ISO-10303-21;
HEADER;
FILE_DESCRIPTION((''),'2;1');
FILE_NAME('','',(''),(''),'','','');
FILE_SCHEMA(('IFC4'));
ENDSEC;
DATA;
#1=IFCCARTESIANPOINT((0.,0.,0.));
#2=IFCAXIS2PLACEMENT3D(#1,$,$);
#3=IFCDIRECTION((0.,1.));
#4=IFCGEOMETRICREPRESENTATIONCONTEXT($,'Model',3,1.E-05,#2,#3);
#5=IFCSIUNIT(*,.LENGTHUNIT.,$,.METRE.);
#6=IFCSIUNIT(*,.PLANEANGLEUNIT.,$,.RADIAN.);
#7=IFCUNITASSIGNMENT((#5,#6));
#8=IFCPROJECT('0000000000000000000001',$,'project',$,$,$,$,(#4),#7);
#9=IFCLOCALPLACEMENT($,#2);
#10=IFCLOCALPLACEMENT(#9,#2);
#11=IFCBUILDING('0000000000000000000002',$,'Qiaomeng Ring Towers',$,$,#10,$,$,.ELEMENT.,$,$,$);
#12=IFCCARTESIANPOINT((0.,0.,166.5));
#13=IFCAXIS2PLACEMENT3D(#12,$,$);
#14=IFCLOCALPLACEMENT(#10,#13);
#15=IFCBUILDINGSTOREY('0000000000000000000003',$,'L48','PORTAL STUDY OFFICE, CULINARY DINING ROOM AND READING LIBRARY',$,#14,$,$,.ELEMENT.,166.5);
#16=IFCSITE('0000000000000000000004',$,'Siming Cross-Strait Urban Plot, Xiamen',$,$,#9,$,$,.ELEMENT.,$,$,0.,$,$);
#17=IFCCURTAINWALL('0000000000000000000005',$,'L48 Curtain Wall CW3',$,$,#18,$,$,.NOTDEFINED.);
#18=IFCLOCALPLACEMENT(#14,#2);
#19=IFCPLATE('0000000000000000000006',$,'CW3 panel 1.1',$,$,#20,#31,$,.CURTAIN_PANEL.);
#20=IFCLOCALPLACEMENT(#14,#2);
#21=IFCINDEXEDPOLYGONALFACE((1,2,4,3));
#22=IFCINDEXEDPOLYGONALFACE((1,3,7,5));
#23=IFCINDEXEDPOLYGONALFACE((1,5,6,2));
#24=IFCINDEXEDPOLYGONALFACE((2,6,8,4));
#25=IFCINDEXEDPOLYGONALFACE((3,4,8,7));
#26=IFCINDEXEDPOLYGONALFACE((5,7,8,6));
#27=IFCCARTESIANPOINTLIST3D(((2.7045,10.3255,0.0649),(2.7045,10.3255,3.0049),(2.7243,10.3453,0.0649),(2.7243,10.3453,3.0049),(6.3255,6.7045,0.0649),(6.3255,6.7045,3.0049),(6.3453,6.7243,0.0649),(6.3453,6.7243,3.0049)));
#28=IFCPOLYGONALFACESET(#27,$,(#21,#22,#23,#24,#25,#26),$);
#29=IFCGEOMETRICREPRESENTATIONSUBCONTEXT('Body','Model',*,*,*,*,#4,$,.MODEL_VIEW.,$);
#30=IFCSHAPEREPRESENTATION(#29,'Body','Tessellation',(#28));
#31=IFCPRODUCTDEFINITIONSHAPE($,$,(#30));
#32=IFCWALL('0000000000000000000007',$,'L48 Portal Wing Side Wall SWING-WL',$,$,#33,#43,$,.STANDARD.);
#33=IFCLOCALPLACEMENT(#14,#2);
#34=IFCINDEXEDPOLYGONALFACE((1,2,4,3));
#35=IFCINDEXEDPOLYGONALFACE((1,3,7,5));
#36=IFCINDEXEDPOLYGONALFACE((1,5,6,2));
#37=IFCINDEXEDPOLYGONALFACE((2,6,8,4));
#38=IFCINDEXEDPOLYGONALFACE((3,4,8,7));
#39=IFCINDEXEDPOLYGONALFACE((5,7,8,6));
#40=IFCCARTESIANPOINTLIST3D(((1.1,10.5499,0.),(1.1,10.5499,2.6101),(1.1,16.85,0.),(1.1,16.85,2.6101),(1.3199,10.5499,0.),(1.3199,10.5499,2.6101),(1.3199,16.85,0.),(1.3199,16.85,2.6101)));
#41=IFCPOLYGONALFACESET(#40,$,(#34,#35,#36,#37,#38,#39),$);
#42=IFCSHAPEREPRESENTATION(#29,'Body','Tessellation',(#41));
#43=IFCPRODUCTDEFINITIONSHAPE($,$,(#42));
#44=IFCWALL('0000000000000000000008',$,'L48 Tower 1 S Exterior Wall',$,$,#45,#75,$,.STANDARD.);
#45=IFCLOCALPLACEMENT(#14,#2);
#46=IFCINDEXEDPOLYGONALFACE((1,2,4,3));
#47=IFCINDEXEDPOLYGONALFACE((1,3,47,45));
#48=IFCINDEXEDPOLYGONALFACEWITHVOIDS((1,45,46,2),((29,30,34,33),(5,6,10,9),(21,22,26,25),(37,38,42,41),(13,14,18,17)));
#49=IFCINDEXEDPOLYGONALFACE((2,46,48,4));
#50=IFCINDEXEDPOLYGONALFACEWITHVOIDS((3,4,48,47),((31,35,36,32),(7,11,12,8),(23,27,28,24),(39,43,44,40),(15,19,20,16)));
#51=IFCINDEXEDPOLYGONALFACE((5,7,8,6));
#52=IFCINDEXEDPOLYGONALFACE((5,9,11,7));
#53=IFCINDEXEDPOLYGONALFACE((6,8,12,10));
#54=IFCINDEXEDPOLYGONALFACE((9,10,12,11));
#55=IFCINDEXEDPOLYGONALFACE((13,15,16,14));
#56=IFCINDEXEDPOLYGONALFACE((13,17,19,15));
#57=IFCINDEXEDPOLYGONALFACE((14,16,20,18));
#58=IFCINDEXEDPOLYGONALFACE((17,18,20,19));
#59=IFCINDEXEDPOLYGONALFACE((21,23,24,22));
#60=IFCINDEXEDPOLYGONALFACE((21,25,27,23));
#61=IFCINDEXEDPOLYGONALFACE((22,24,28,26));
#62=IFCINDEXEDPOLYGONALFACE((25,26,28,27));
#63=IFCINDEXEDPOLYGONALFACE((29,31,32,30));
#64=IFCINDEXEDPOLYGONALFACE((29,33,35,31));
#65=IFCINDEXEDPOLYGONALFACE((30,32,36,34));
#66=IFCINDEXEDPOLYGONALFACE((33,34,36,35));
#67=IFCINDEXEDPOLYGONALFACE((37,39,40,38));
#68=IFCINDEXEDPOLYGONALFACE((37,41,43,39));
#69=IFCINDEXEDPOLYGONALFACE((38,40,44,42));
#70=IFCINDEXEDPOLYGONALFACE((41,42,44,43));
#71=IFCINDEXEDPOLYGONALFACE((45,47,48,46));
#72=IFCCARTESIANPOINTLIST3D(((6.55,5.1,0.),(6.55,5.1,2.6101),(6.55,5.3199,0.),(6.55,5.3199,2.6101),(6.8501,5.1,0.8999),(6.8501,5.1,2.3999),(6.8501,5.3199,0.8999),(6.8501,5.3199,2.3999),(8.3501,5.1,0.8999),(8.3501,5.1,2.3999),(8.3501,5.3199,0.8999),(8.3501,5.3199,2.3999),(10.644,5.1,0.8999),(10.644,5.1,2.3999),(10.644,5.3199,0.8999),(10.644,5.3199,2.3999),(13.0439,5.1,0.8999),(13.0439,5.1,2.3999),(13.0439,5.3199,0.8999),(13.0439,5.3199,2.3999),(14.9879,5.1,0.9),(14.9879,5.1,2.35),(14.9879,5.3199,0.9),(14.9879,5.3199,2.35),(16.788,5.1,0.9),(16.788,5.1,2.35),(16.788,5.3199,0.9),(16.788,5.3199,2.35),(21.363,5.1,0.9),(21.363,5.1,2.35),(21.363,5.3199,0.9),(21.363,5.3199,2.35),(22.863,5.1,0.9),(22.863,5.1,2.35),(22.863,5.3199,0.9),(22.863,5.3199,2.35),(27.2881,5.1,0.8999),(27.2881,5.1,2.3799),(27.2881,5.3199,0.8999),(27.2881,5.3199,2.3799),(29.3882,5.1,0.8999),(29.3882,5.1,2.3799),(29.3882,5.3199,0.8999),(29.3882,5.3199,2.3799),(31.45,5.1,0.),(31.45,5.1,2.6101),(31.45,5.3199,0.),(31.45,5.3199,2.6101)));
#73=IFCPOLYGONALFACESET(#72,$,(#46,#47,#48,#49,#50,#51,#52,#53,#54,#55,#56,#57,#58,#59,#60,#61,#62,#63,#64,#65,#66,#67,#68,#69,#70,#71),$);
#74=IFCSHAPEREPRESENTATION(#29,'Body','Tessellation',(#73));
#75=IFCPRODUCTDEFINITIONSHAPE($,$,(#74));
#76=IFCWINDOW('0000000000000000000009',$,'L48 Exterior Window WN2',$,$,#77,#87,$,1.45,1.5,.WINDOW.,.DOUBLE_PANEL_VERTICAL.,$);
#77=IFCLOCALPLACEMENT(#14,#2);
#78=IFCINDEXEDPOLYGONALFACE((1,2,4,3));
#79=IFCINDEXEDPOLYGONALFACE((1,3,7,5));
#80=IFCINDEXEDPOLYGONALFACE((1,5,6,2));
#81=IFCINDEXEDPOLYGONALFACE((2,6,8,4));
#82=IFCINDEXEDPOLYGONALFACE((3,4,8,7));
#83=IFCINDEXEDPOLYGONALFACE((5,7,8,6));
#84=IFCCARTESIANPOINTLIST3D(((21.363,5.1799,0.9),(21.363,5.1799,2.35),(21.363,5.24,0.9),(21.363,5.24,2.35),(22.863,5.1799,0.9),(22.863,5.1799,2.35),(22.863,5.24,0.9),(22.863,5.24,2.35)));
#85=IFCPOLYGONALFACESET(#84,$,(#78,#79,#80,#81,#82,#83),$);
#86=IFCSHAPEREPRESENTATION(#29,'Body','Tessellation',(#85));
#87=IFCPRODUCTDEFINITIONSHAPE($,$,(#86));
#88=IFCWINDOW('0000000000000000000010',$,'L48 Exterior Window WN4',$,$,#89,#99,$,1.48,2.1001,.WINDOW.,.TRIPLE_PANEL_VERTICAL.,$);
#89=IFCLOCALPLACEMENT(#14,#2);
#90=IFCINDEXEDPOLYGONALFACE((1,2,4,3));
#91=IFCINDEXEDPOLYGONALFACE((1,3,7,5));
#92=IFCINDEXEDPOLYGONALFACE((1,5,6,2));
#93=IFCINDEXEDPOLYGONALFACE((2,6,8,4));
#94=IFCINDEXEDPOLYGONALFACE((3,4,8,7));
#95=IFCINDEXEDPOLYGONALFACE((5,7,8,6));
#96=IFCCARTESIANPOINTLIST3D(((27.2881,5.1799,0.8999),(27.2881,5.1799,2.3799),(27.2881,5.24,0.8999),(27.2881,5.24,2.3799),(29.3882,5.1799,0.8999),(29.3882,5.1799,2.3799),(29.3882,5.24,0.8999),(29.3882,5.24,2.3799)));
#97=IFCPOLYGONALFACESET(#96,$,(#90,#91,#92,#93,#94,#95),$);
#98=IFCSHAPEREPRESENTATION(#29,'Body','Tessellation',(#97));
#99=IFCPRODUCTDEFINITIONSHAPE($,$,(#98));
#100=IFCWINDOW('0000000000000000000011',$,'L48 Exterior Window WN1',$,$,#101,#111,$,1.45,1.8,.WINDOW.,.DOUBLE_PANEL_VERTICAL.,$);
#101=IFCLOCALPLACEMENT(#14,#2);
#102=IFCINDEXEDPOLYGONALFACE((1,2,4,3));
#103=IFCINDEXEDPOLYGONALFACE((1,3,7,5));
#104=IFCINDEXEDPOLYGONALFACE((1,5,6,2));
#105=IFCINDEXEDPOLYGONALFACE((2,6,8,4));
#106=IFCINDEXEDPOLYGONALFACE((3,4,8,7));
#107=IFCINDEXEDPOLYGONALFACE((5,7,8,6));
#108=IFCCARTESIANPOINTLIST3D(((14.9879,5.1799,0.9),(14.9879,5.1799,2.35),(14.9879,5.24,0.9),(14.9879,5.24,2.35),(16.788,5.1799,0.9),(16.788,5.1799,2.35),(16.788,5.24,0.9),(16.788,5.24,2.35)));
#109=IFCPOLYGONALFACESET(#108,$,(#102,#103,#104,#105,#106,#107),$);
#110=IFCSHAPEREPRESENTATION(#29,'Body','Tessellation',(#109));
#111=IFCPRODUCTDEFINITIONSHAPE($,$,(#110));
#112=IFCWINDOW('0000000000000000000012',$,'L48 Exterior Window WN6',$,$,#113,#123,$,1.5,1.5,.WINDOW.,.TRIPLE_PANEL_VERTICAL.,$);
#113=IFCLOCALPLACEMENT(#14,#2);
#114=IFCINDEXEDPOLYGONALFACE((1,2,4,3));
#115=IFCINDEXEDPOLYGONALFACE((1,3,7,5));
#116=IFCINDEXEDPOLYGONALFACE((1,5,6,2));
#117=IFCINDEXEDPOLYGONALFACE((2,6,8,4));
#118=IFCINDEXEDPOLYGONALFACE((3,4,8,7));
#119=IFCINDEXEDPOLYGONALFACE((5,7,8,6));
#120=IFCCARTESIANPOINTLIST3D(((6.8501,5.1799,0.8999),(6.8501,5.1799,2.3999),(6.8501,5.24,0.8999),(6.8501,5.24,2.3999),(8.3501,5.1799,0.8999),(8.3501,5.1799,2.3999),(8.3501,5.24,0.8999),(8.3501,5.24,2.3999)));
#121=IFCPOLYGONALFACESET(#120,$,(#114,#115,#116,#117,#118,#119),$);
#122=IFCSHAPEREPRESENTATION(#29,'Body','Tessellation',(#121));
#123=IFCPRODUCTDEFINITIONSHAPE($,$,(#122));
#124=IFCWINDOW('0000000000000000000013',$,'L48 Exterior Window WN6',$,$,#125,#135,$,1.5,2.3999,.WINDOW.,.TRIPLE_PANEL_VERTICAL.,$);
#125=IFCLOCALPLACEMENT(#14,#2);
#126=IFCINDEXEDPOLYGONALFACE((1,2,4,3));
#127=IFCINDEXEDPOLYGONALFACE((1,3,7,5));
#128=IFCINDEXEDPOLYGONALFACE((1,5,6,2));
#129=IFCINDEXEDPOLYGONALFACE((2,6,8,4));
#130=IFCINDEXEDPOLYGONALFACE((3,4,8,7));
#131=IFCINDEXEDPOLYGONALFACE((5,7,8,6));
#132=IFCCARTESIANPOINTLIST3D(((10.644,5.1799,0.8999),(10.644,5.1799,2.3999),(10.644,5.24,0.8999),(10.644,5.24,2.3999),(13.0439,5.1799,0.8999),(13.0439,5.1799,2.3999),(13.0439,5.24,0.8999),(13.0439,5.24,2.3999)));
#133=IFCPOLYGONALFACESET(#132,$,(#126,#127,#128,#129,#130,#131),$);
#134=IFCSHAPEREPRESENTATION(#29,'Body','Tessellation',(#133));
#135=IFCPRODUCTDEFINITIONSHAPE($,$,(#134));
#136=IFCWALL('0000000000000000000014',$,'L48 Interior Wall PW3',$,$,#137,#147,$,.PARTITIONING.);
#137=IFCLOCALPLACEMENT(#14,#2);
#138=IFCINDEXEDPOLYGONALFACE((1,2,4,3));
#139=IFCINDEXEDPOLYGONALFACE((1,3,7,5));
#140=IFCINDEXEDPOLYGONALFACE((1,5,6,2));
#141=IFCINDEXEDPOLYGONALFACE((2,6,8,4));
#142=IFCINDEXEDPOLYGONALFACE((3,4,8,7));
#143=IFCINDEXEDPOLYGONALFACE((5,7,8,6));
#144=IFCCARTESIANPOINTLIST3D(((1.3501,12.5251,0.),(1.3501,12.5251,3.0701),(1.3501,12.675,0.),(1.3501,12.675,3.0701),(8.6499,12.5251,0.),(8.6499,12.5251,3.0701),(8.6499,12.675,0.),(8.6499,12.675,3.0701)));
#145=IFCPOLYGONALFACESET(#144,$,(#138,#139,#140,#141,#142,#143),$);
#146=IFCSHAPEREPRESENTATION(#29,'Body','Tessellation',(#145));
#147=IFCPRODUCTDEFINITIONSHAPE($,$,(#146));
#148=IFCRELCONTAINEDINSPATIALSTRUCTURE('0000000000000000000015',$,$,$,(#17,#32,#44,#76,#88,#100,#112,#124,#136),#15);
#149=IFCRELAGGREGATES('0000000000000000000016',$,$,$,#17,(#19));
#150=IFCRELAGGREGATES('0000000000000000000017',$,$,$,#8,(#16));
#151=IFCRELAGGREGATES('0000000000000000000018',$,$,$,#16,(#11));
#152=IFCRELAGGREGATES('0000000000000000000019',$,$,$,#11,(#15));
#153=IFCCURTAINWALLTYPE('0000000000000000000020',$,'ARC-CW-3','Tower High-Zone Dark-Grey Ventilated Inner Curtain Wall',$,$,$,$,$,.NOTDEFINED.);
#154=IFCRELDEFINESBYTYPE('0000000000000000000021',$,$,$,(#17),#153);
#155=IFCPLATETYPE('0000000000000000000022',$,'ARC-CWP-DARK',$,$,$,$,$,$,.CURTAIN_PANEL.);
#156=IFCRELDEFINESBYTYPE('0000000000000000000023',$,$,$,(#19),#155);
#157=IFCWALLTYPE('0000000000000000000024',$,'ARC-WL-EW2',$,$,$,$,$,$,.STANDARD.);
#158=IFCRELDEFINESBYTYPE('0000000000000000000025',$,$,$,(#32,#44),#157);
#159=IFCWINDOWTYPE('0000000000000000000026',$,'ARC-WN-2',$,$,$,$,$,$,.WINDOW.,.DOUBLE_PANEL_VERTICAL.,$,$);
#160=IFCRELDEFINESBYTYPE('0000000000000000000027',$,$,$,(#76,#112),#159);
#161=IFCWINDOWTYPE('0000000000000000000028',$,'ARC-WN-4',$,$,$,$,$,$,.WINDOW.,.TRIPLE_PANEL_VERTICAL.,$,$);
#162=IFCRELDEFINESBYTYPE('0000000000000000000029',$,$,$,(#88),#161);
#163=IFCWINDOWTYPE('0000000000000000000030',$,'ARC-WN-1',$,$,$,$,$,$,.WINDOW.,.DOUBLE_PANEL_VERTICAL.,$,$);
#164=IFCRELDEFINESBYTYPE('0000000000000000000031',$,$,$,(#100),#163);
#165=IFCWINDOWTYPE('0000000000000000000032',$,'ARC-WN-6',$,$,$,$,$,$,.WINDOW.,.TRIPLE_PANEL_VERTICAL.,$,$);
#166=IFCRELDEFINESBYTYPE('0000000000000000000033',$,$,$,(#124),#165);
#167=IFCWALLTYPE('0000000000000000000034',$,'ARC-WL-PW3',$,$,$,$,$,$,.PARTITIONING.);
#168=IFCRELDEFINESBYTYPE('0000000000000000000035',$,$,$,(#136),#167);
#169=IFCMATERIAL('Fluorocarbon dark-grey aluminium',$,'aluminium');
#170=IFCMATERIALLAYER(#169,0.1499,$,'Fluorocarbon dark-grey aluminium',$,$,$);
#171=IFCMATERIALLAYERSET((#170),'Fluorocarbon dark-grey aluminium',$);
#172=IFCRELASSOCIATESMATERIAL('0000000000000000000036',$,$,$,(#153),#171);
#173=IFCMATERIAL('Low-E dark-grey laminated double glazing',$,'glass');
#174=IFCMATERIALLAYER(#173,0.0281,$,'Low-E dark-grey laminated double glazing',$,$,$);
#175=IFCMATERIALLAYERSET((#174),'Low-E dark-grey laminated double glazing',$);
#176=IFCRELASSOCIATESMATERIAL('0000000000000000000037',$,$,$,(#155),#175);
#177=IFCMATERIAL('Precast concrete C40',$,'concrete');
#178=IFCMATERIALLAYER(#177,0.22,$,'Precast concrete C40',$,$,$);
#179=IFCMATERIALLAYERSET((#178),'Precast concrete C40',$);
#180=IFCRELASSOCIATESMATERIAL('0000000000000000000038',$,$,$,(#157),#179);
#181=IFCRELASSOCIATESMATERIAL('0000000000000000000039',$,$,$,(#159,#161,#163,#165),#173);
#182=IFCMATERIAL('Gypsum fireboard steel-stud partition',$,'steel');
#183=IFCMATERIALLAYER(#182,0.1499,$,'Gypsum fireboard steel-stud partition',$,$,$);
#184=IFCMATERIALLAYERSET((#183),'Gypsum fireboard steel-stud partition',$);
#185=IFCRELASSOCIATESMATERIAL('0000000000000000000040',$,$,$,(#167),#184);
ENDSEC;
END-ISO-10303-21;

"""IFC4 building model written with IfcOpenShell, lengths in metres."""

from ifc_helpers import new_model, si_unit, direction, frame, frame_2d, origin, origin_2d, place, context, subcontext, project, spatial, rectangle, extrude, source, transform, mapped, material, layer, layer_set, type_object, element, fill, aggregate, save


model = new_model("IFC4")

# Units and contexts
model_context = context("Model", 3, precision=1e-05, world=origin(), true_north=direction((0.0, 1.0)))
body_context = subcontext(model_context, "Body", "Model", "MODEL_VIEW")
ifc_project = project(units=[si_unit("LENGTHUNIT", "METRE"), si_unit("PLANEANGLEUNIT", "RADIAN")], contexts=[model_context])

# Site, building, storey
site_placement = place(None, origin())
site = spatial("IfcSite", under=ifc_project, at=site_placement, Name="Siming Cross-Strait Urban Plot, Xiamen", CompositionType="ELEMENT", RefElevation=0.0)
building_placement = place(site_placement, origin())
building = spatial("IfcBuilding", under=site, at=building_placement, Name="Qiaomeng Ring Towers", CompositionType="ELEMENT")
storey_placement = place(building_placement, frame((0.0, 0.0, 166.5)))
storey = spatial("IfcBuildingStorey", under=building, at=storey_placement, Name="L48", Description="PORTAL STUDY OFFICE, CULINARY DINING ROOM AND READING LIBRARY", CompositionType="ELEMENT", Elevation=166.5)

# Curtain wall
ifc_material_1 = material(Name="Fluorocarbon dark-grey aluminium", Category="aluminium")
ifc_layer_1 = layer(ifc_material_1, 0.1499, Name="Fluorocarbon dark-grey aluminium")
ifc_layer_set_1 = layer_set([ifc_layer_1], Name="Fluorocarbon dark-grey aluminium")
curtain_wall_type = type_object("IfcCurtainWallType", Name="ARC-CW-3", Description="Tower High-Zone Dark-Grey Ventilated Inner Curtain Wall", PredefinedType="NOTDEFINED", material=ifc_layer_set_1)
curtain_wall_placement = place(storey_placement, origin())
curtain_wall = element("IfcCurtainWall", 1, at=curtain_wall_placement, inside=storey, type_object=curtain_wall_type, Name="L48 Curtain Wall CW3", PredefinedType="NOTDEFINED")

# Shared definitions
ifc_material_2 = material(Name="Precast concrete C40", Category="concrete")

# Plate
ifc_material_3 = material(Name="Low-E dark-grey laminated double glazing", Category="glass")
ifc_layer_2 = layer(ifc_material_3, 0.0281, Name="Low-E dark-grey laminated double glazing")
ifc_layer_set_2 = layer_set([ifc_layer_2], Name="Low-E dark-grey laminated double glazing")
plate_type = type_object("IfcPlateType", Name="ARC-CWP-DARK", PredefinedType="CURTAIN_PANEL", material=ifc_layer_set_2)
shared_shape_1 = source(origin(), body_context, "Body", "SweptSolid", [
    extrude(rectangle(XDim=5.1208, YDim=0.0281, at=origin_2d()), origin(), (0.0, 0.0, 1.0), 2.9399),
])
plate_placement = place(storey_placement, frame((4.5249, 8.5249, 0.0649), z_axis=(0.0, 0.0, 1.0), x_axis=(0.707107, -0.707107, 0.0)))
plate = element("IfcPlate", 2, at=plate_placement, type_object=plate_type, Name="CW3 panel 1.1", PredefinedType="CURTAIN_PANEL", context=body_context, shape_type="MappedRepresentation", body=[
    mapped(shared_shape_1, transform((0.0, 0.0, 0.0), x_axis=(1.0, 0.0, 0.0), y_axis=(0.0, 1.0, 0.0), z_axis=(0.0, 0.0, 1.0), scale=1.0)),
])
aggregate(curtain_wall, [plate])

# Wall
ifc_layer_3 = layer(ifc_material_2, 0.22, Name="Precast concrete C40")
ifc_layer_set_3 = layer_set([ifc_layer_3], Name="Precast concrete C40")
wall_type_1 = type_object("IfcWallType", Name="ARC-WL-EW2", PredefinedType="STANDARD", material=ifc_layer_set_3)
wall_1_placement = place(storey_placement, frame((1.21, 10.55, 0.0), z_axis=(0.0, 0.0, 1.0), x_axis=(0.0, 1.0, 0.0)))
element("IfcWall", 3, at=wall_1_placement, inside=storey, type_object=wall_type_1, Name="L48 Portal Wing Side Wall SWING-WL", PredefinedType="STANDARD", context=body_context, shape_type="SweptSolid", body=[
    extrude(rectangle(XDim=6.3, YDim=0.22, at=frame_2d((3.1499, 0.0))), origin(), (0.0, 0.0, 1.0), 2.6101),
])

# Wall, openings, windows
wall_2_placement = place(storey_placement, frame((6.55, 5.21, 0.0), z_axis=(0.0, 0.0, 1.0), x_axis=(1.0, 0.0, 0.0)))
wall_2 = element("IfcWall", 4, at=wall_2_placement, inside=storey, type_object=wall_type_1, Name="L48 Tower 1 S Exterior Wall", PredefinedType="STANDARD", context=body_context, shape_type="SweptSolid", body=[
    extrude(rectangle(XDim=24.8999, YDim=0.22, at=frame_2d((12.45, 0.0))), origin(), (0.0, 0.0, 1.0), 2.6101),
])
opening_1_placement = place(wall_2_placement, frame((0.3, 0.0, 0.8999)))
opening_1 = element("IfcOpeningElement", 5, at=opening_1_placement, cuts=wall_2, PredefinedType="OPENING", context=body_context, shape_type="SweptSolid", body=[
    extrude(rectangle(XDim=1.5, YDim=1.5, at=frame_2d((0.75, 0.75))), frame((0.0, 0.1199, 0.0), z_axis=(0.0, -1.0, 0.0), x_axis=(1.0, 0.0, 0.0)), (0.0, 0.0, 1.0), 0.24),
])
opening_2_placement = place(wall_2_placement, frame((8.438, 0.0, 0.8999)))
opening_2 = element("IfcOpeningElement", 6, at=opening_2_placement, cuts=wall_2, PredefinedType="OPENING", context=body_context, shape_type="SweptSolid", body=[
    extrude(rectangle(XDim=1.8, YDim=1.45, at=frame_2d((0.8999, 0.7251))), frame((0.0, 0.1199, 0.0), z_axis=(0.0, -1.0, 0.0), x_axis=(1.0, 0.0, 0.0)), (0.0, 0.0, 1.0), 0.24),
])
opening_3_placement = place(wall_2_placement, frame((14.813, 0.0, 0.8999)))
opening_3 = element("IfcOpeningElement", 7, at=opening_3_placement, cuts=wall_2, PredefinedType="OPENING", context=body_context, shape_type="SweptSolid", body=[
    extrude(rectangle(XDim=1.5, YDim=1.45, at=frame_2d((0.75, 0.7251))), frame((0.0, 0.1199, 0.0), z_axis=(0.0, -1.0, 0.0), x_axis=(1.0, 0.0, 0.0)), (0.0, 0.0, 1.0), 0.24),
])
opening_4_placement = place(wall_2_placement, frame((20.738, 0.0, 0.8999)))
opening_4 = element("IfcOpeningElement", 8, at=opening_4_placement, cuts=wall_2, PredefinedType="OPENING", context=body_context, shape_type="SweptSolid", body=[
    extrude(rectangle(XDim=2.1001, YDim=1.48, at=frame_2d((1.05, 0.74))), frame((0.0, 0.1199, 0.0), z_axis=(0.0, -1.0, 0.0), x_axis=(1.0, 0.0, 0.0)), (0.0, 0.0, 1.0), 0.24),
])
opening_5_placement = place(wall_2_placement, frame((4.094, 0.0, 0.8999)))
opening_5 = element("IfcOpeningElement", 9, at=opening_5_placement, cuts=wall_2, PredefinedType="OPENING", context=body_context, shape_type="SweptSolid", body=[
    extrude(rectangle(XDim=2.3999, YDim=1.5, at=frame_2d((1.2, 0.75))), frame((0.0, 0.1199, 0.0), z_axis=(0.0, -1.0, 0.0), x_axis=(1.0, 0.0, 0.0)), (0.0, 0.0, 1.0), 0.24),
])
window_type_1 = type_object("IfcWindowType", Name="ARC-WN-2", PartitioningType="DOUBLE_PANEL_VERTICAL", PredefinedType="WINDOW", material=ifc_material_3)
shared_shape_2 = source(origin(), body_context, "Body", "SweptSolid", [
    extrude(rectangle(XDim=1.5, YDim=1.45, at=frame_2d((0.75, 0.7251))), frame((0.0, 0.03, 0.0), z_axis=(0.0, -1.0, 0.0), x_axis=(1.0, 0.0, 0.0)), (0.0, 0.0, 1.0), 0.0601),
])
window_1_placement = place(opening_3_placement, origin())
window_1 = element("IfcWindow", 10, at=window_1_placement, inside=storey, type_object=window_type_1, Name="L48 Exterior Window WN2", OverallHeight=1.45, OverallWidth=1.5, PartitioningType="DOUBLE_PANEL_VERTICAL", PredefinedType="WINDOW", context=body_context, shape_type="MappedRepresentation", body=[
    mapped(shared_shape_2, transform((0.0, 0.0, 0.0), x_axis=(1.0, 0.0, 0.0), y_axis=(0.0, 1.0, 0.0), z_axis=(0.0, 0.0, 1.0), scale=1.0)),
])
fill(opening_3, window_1)
window_type_2 = type_object("IfcWindowType", Name="ARC-WN-4", PartitioningType="TRIPLE_PANEL_VERTICAL", PredefinedType="WINDOW", material=ifc_material_3)
shared_shape_3 = source(origin(), body_context, "Body", "SweptSolid", [
    extrude(rectangle(XDim=2.1001, YDim=1.48, at=frame_2d((1.05, 0.74))), frame((0.0, 0.03, 0.0), z_axis=(0.0, -1.0, 0.0), x_axis=(1.0, 0.0, 0.0)), (0.0, 0.0, 1.0), 0.0601),
])
window_2_placement = place(opening_4_placement, origin())
window_2 = element("IfcWindow", 11, at=window_2_placement, inside=storey, type_object=window_type_2, Name="L48 Exterior Window WN4", OverallHeight=1.48, OverallWidth=2.1001, PartitioningType="TRIPLE_PANEL_VERTICAL", PredefinedType="WINDOW", context=body_context, shape_type="MappedRepresentation", body=[
    mapped(shared_shape_3, transform((0.0, 0.0, 0.0), x_axis=(1.0, 0.0, 0.0), y_axis=(0.0, 1.0, 0.0), z_axis=(0.0, 0.0, 1.0), scale=1.0)),
])
fill(opening_4, window_2)
window_type_3 = type_object("IfcWindowType", Name="ARC-WN-1", PartitioningType="DOUBLE_PANEL_VERTICAL", PredefinedType="WINDOW", material=ifc_material_3)
shared_shape_4 = source(origin(), body_context, "Body", "SweptSolid", [
    extrude(rectangle(XDim=1.8, YDim=1.45, at=frame_2d((0.8999, 0.7251))), frame((0.0, 0.03, 0.0), z_axis=(0.0, -1.0, 0.0), x_axis=(1.0, 0.0, 0.0)), (0.0, 0.0, 1.0), 0.0601),
])
window_3_placement = place(opening_2_placement, origin())
window_3 = element("IfcWindow", 12, at=window_3_placement, inside=storey, type_object=window_type_3, Name="L48 Exterior Window WN1", OverallHeight=1.45, OverallWidth=1.8, PartitioningType="DOUBLE_PANEL_VERTICAL", PredefinedType="WINDOW", context=body_context, shape_type="MappedRepresentation", body=[
    mapped(shared_shape_4, transform((0.0, 0.0, 0.0), x_axis=(1.0, 0.0, 0.0), y_axis=(0.0, 1.0, 0.0), z_axis=(0.0, 0.0, 1.0), scale=1.0)),
])
fill(opening_2, window_3)
shared_shape_5 = source(origin(), body_context, "Body", "SweptSolid", [
    extrude(rectangle(XDim=1.5, YDim=1.5, at=frame_2d((0.75, 0.75))), frame((0.0, 0.03, 0.0), z_axis=(0.0, -1.0, 0.0), x_axis=(1.0, 0.0, 0.0)), (0.0, 0.0, 1.0), 0.0601),
])
window_4_placement = place(opening_1_placement, origin())
window_4 = element("IfcWindow", 13, at=window_4_placement, inside=storey, type_object=window_type_1, Name="L48 Exterior Window WN6", OverallHeight=1.5, OverallWidth=1.5, PartitioningType="TRIPLE_PANEL_VERTICAL", PredefinedType="WINDOW", context=body_context, shape_type="MappedRepresentation", body=[
    mapped(shared_shape_5, transform((0.0, 0.0, 0.0), x_axis=(1.0, 0.0, 0.0), y_axis=(0.0, 1.0, 0.0), z_axis=(0.0, 0.0, 1.0), scale=1.0)),
])
fill(opening_1, window_4)
window_type_4 = type_object("IfcWindowType", Name="ARC-WN-6", PartitioningType="TRIPLE_PANEL_VERTICAL", PredefinedType="WINDOW", material=ifc_material_3)
shared_shape_6 = source(origin(), body_context, "Body", "SweptSolid", [
    extrude(rectangle(XDim=2.3999, YDim=1.5, at=frame_2d((1.2, 0.75))), frame((0.0, 0.03, 0.0), z_axis=(0.0, -1.0, 0.0), x_axis=(1.0, 0.0, 0.0)), (0.0, 0.0, 1.0), 0.0601),
])
window_5_placement = place(opening_5_placement, origin())
window_5 = element("IfcWindow", 14, at=window_5_placement, inside=storey, type_object=window_type_4, Name="L48 Exterior Window WN6", OverallHeight=1.5, OverallWidth=2.3999, PartitioningType="TRIPLE_PANEL_VERTICAL", PredefinedType="WINDOW", context=body_context, shape_type="MappedRepresentation", body=[
    mapped(shared_shape_6, transform((0.0, 0.0, 0.0), x_axis=(1.0, 0.0, 0.0), y_axis=(0.0, 1.0, 0.0), z_axis=(0.0, 0.0, 1.0), scale=1.0)),
])
fill(opening_5, window_5)

# Wall
ifc_material_4 = material(Name="Gypsum fireboard steel-stud partition", Category="steel")
ifc_layer_4 = layer(ifc_material_4, 0.1499, Name="Gypsum fireboard steel-stud partition")
ifc_layer_set_4 = layer_set([ifc_layer_4], Name="Gypsum fireboard steel-stud partition")
wall_type_2 = type_object("IfcWallType", Name="ARC-WL-PW3", PredefinedType="PARTITIONING", material=ifc_layer_set_4)
wall_3_placement = place(storey_placement, frame((1.3501, 12.6001, 0.0), z_axis=(0.0, 0.0, 1.0), x_axis=(1.0, 0.0, 0.0)))
element("IfcWall", 15, at=wall_3_placement, inside=storey, type_object=wall_type_2, Name="L48 Interior Wall PW3", PredefinedType="PARTITIONING", context=body_context, shape_type="SweptSolid", body=[
    extrude(rectangle(XDim=7.2998, YDim=0.1499, at=frame_2d((3.6499, 0.0))), origin(), (0.0, 0.0, 1.0), 3.0701),
])

save(model, "model.ifc")
